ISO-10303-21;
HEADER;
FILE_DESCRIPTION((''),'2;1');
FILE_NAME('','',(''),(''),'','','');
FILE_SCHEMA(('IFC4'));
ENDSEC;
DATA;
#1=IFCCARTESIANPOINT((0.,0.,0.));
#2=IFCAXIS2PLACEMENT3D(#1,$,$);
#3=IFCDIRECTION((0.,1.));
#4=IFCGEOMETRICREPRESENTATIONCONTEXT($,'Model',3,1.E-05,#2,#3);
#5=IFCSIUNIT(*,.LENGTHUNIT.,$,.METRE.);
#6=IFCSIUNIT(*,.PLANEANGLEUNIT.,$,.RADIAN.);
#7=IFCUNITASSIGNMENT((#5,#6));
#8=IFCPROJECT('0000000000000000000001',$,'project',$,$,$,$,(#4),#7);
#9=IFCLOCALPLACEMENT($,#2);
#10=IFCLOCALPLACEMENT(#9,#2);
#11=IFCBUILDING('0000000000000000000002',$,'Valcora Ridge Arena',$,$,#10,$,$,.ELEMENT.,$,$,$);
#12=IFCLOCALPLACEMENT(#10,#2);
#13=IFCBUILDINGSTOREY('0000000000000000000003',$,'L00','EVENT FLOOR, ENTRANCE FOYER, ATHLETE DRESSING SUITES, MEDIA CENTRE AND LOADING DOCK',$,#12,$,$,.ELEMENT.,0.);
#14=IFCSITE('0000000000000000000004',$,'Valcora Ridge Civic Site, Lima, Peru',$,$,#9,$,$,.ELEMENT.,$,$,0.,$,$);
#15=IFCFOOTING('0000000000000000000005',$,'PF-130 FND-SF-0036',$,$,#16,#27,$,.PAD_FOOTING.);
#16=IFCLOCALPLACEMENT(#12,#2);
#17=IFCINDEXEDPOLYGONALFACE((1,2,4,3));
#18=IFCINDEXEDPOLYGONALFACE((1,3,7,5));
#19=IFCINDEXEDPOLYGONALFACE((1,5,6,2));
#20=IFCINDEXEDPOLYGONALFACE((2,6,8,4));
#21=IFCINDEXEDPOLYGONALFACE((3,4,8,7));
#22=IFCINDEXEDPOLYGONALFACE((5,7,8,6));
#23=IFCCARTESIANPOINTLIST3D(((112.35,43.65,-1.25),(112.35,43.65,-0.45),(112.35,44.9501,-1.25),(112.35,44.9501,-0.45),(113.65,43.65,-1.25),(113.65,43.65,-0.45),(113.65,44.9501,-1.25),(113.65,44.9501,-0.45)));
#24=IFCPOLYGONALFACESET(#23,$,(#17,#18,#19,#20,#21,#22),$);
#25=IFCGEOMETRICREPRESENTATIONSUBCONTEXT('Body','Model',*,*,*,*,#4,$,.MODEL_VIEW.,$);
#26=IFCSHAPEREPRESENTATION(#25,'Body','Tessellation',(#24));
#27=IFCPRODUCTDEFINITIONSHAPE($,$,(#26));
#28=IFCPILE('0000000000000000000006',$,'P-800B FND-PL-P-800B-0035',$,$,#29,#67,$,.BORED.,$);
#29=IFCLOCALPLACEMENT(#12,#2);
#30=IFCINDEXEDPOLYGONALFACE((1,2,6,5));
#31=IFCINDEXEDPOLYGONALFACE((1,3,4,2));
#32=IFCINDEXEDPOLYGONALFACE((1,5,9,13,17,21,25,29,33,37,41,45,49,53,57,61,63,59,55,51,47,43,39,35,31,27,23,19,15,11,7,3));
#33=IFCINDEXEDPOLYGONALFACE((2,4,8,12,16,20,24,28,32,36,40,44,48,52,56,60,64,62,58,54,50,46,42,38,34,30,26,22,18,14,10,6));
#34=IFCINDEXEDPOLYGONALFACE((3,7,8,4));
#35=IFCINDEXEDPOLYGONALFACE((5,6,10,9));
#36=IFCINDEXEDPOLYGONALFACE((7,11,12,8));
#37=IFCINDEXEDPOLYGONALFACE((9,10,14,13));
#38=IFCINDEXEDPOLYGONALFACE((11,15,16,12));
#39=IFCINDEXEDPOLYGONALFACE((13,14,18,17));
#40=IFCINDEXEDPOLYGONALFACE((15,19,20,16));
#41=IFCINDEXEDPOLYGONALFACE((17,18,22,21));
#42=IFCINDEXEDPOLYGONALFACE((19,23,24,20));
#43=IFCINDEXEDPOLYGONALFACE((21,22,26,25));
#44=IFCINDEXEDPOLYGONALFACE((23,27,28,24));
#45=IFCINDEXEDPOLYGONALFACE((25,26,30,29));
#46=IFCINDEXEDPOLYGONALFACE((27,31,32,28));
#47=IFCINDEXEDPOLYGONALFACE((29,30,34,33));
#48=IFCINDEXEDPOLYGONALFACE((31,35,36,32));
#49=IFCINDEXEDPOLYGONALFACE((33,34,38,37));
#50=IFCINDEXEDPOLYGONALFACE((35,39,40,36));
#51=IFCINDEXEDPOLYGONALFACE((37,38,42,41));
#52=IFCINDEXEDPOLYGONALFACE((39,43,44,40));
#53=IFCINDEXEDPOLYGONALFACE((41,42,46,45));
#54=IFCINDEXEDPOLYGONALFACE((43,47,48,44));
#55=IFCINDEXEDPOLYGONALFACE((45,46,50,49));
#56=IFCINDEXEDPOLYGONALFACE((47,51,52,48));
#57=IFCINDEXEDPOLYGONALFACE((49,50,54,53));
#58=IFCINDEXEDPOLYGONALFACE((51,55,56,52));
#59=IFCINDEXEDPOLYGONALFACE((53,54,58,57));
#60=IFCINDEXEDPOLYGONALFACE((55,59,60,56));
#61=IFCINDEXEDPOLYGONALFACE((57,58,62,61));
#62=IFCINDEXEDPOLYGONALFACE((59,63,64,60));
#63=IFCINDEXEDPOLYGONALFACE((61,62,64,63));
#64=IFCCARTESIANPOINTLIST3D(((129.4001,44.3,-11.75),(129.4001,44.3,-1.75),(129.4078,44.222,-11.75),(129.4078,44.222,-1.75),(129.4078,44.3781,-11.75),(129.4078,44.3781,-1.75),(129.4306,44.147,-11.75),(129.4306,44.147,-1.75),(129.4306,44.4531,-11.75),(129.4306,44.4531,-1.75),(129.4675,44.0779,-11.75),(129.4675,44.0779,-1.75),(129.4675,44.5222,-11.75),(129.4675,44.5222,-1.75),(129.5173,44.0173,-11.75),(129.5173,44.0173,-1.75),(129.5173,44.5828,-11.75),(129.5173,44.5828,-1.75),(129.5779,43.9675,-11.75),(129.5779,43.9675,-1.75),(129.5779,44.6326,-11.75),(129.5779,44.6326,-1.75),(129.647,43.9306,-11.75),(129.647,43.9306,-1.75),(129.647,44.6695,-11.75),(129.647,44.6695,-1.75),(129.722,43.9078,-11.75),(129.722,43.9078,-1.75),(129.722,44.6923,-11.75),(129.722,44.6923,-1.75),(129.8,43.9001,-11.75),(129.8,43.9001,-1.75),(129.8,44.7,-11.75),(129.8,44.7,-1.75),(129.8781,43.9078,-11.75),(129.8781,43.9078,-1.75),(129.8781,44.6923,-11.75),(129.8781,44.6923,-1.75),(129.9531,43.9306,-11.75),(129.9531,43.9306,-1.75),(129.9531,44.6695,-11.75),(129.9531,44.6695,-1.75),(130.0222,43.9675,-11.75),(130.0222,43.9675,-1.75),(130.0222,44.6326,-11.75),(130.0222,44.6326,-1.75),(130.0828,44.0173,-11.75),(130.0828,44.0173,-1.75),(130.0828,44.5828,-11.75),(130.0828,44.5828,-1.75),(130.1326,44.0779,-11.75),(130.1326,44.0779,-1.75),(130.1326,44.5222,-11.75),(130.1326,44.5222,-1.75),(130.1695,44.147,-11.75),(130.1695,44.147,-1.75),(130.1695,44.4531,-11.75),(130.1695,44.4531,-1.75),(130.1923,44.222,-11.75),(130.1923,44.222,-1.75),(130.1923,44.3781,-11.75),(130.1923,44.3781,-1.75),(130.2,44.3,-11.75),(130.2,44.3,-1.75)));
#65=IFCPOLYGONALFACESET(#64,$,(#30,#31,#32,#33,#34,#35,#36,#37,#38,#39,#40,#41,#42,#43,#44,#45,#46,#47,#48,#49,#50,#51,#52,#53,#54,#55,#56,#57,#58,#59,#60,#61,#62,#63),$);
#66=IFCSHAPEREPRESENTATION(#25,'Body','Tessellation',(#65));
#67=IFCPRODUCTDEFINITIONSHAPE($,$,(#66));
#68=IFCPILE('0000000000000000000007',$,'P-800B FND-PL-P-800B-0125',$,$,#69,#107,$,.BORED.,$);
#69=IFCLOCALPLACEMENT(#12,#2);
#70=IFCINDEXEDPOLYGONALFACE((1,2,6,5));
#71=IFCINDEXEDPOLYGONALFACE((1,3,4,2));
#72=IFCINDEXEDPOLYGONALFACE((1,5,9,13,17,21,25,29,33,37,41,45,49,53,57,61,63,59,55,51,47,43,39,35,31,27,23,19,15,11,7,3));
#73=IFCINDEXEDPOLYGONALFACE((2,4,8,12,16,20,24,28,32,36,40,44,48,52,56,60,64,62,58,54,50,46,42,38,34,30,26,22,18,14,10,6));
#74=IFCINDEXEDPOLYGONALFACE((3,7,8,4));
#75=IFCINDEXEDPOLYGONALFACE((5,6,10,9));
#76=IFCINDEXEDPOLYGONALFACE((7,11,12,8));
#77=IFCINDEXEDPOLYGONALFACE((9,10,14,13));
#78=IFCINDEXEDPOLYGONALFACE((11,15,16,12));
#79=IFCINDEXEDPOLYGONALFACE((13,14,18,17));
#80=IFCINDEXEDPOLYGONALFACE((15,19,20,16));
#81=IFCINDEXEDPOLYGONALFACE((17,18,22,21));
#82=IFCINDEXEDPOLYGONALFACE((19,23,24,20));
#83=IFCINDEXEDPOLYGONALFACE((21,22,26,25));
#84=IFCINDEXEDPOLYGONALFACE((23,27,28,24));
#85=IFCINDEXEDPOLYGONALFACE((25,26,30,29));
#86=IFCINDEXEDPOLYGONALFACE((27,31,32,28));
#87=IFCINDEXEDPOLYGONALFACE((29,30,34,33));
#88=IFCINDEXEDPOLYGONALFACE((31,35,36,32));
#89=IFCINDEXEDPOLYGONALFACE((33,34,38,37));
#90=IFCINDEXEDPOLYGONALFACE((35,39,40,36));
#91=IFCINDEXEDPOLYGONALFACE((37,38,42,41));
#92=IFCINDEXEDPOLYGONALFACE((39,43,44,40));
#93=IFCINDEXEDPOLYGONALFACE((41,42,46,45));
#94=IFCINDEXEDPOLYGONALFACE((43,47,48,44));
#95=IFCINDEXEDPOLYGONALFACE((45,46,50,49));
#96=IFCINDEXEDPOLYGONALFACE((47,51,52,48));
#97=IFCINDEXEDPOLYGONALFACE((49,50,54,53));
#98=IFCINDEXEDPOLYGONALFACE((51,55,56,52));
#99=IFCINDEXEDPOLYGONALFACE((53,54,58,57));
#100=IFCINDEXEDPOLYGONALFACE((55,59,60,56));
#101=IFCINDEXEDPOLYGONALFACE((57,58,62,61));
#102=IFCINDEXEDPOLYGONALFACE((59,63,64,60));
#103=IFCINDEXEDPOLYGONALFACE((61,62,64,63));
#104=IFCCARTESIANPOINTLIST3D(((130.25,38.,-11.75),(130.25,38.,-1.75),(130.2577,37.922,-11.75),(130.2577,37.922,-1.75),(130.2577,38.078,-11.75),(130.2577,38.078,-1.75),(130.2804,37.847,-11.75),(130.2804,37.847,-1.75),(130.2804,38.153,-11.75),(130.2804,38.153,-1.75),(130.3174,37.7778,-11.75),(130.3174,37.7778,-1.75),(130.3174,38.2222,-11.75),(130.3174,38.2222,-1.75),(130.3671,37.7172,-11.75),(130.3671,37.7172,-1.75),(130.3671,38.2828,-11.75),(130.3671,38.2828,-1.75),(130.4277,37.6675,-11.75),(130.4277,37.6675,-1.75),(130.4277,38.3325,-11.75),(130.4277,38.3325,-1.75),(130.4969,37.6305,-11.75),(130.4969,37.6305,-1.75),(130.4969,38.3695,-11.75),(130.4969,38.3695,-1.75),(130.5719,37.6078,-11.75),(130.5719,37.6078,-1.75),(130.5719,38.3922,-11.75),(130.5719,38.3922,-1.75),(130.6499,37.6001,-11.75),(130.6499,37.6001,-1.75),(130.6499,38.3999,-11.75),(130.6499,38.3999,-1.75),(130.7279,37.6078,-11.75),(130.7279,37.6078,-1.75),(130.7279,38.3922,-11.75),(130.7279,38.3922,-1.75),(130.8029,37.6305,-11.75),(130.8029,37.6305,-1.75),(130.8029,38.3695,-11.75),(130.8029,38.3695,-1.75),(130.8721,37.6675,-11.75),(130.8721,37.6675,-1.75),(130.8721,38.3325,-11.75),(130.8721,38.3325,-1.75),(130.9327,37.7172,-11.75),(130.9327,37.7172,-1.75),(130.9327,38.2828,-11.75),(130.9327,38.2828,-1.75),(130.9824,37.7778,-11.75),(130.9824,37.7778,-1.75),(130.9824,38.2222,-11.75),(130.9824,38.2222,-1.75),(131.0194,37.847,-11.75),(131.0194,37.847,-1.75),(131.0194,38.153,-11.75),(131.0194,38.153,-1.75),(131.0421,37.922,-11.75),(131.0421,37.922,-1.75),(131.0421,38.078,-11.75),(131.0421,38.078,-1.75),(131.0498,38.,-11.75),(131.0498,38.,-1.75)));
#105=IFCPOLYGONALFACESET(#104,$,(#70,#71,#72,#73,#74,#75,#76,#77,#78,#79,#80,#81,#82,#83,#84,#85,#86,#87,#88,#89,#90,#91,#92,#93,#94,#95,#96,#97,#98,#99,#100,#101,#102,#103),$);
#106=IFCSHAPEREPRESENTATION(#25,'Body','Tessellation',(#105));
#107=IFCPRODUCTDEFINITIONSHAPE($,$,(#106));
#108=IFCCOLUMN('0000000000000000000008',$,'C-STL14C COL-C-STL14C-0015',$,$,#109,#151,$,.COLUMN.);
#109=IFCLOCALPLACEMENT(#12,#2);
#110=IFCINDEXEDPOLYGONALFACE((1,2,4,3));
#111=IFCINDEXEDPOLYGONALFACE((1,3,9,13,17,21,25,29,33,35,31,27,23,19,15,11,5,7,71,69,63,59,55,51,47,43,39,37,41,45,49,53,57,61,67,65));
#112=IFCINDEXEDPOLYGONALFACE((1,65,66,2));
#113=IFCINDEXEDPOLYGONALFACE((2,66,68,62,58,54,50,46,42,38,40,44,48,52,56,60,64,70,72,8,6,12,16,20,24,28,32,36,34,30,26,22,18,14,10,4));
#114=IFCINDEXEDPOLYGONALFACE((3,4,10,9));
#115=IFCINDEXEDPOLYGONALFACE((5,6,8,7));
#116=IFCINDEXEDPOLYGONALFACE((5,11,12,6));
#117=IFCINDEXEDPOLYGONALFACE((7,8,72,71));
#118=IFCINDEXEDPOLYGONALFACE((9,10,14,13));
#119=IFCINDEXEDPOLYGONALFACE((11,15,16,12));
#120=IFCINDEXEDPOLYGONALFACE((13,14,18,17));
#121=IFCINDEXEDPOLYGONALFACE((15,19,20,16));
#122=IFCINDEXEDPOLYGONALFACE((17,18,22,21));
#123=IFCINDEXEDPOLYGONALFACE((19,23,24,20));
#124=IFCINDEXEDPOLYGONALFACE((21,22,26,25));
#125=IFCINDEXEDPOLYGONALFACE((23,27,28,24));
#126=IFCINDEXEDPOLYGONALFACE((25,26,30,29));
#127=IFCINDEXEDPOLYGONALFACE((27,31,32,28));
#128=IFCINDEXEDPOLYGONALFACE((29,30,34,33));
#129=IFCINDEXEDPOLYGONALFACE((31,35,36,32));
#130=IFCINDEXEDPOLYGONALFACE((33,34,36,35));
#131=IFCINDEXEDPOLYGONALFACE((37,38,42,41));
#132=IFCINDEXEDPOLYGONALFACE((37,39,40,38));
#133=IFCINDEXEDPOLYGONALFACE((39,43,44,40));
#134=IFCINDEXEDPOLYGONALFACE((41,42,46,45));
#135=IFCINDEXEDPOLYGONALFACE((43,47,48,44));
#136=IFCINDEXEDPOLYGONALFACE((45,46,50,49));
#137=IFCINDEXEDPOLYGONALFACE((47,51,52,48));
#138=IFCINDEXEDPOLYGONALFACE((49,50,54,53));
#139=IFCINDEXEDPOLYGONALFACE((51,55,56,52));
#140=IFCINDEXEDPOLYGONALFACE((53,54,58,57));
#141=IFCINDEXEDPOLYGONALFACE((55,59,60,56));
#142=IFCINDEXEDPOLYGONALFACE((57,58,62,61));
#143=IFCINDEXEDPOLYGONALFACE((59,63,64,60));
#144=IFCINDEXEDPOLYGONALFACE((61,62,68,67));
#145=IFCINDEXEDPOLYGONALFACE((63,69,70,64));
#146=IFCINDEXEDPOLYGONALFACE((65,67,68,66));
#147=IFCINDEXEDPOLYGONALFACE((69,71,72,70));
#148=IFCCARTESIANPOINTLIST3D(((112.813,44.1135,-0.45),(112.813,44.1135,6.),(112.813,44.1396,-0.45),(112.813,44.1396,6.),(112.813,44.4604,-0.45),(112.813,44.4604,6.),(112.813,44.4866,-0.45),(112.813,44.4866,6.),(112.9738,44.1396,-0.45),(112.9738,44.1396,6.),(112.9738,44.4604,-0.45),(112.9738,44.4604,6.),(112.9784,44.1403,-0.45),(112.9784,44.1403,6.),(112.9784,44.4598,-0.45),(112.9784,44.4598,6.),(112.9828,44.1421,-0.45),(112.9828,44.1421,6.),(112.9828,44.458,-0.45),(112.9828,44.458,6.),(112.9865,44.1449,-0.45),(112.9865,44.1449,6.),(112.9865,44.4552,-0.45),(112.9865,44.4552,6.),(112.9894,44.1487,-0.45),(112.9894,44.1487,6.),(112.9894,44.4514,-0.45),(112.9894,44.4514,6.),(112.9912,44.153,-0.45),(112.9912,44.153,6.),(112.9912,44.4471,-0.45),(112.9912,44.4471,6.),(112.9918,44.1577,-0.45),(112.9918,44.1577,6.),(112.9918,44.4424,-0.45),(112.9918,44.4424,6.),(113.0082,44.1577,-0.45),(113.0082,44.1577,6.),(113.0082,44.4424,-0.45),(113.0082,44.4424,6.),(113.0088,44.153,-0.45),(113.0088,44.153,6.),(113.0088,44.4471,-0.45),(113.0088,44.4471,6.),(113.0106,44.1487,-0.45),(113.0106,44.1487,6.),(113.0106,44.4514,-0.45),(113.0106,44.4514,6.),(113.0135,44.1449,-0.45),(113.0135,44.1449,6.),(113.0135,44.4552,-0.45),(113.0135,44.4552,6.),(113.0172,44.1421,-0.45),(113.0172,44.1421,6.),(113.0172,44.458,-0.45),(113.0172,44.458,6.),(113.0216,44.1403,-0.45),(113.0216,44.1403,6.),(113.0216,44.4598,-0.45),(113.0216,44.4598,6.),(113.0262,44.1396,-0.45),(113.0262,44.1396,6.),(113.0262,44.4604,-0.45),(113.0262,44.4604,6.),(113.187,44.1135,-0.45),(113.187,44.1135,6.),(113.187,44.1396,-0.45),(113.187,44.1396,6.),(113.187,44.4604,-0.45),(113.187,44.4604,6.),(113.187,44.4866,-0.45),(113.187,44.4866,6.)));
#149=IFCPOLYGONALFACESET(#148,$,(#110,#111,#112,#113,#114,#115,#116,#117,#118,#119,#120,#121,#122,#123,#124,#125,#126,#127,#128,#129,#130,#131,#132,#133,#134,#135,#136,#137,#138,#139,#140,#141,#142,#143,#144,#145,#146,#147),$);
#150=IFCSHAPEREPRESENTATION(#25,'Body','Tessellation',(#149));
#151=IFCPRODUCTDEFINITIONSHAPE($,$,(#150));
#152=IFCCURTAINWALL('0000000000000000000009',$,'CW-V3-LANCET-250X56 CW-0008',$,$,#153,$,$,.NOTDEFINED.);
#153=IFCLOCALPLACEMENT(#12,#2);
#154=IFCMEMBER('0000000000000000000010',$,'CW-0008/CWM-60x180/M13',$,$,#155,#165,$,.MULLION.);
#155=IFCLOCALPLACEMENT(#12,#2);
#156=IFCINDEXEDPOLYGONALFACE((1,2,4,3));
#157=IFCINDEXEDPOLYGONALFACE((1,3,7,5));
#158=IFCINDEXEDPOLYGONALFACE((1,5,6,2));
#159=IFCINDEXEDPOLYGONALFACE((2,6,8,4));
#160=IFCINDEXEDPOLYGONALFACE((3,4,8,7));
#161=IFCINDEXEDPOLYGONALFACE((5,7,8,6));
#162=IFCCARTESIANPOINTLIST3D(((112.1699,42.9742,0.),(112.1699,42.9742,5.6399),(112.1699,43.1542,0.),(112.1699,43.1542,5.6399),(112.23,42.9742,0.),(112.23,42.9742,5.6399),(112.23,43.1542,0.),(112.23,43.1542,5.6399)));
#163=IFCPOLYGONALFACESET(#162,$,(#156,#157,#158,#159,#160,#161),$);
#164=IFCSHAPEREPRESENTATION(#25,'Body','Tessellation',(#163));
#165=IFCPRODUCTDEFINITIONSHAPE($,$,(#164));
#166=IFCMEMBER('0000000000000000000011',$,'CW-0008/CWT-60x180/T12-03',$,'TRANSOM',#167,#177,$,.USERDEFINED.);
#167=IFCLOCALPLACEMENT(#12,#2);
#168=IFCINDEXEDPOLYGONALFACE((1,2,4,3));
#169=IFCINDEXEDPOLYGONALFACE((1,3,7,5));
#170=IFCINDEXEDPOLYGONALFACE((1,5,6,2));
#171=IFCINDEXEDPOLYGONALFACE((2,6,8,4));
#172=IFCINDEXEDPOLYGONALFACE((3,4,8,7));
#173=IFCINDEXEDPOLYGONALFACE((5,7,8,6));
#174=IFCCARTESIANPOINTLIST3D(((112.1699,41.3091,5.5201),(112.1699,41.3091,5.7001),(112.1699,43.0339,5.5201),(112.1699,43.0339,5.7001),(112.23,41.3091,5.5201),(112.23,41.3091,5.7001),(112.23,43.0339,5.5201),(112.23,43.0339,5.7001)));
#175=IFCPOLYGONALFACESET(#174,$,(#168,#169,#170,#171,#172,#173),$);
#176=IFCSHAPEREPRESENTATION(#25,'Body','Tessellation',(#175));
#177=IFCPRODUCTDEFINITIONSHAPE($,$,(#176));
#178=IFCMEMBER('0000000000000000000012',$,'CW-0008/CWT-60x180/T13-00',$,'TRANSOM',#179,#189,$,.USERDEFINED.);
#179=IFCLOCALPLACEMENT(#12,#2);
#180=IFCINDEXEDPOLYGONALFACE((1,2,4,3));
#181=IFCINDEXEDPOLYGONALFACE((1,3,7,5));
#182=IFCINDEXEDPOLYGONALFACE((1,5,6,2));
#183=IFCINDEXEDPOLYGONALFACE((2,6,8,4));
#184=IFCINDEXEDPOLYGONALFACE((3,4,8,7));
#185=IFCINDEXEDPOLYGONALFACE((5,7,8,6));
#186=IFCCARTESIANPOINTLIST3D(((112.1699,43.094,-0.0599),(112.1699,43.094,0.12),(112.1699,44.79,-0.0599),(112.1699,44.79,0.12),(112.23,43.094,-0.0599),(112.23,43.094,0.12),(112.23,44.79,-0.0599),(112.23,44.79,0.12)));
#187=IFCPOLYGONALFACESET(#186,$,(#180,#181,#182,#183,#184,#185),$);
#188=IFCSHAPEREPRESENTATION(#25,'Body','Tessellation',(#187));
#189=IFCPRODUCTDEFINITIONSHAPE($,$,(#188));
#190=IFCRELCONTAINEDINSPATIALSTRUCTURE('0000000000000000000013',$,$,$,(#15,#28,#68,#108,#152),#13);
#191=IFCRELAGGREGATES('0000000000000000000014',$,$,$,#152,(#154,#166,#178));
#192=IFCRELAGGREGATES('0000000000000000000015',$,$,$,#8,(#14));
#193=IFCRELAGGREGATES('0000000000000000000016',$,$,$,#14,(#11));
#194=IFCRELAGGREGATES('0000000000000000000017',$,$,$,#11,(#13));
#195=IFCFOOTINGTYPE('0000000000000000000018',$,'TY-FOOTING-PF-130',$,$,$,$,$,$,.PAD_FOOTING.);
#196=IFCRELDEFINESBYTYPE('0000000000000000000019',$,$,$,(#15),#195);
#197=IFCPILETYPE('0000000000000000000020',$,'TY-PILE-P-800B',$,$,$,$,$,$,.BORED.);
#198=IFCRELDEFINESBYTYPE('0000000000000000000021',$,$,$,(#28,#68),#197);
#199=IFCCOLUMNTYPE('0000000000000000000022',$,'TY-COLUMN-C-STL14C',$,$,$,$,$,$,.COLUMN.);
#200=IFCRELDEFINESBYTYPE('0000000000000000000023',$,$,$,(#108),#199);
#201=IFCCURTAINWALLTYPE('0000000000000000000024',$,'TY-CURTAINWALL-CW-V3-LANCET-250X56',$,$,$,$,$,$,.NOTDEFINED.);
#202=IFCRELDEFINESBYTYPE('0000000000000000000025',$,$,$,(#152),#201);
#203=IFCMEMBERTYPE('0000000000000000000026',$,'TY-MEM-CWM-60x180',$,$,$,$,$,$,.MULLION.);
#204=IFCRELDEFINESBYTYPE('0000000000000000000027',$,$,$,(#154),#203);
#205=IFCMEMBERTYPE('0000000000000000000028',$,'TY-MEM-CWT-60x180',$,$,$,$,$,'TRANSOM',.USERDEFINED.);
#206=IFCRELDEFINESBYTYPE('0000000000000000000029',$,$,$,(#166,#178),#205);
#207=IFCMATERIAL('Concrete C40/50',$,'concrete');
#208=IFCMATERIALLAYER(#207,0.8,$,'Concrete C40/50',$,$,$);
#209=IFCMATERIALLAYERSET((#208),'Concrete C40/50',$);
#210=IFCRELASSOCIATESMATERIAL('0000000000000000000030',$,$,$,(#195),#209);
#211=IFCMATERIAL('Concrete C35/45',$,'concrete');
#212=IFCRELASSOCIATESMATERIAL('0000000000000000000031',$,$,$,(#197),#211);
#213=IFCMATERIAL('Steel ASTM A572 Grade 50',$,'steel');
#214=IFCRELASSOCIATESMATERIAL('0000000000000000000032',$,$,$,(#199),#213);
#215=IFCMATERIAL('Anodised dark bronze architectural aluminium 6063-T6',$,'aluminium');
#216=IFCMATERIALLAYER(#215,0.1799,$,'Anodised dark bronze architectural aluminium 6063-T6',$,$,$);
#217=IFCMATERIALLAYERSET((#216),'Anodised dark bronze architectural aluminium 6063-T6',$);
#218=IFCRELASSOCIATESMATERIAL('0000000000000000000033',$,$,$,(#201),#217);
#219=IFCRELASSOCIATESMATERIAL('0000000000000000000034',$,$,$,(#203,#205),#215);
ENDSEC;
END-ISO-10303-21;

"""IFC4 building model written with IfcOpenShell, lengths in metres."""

from ifc_helpers import new_model, si_unit, direction, frame, origin, origin_2d, place, context, subcontext, project, spatial, rectangle, circle, i_section, extrude, material, layer, layer_set, material_profile, profile_set, type_object, element, aggregate, save


model = new_model("IFC4")

# Units and contexts
model_context = context("Model", 3, precision=1e-05, world=origin(), true_north=direction((0.0, 1.0)))
body_context = subcontext(model_context, "Body", "Model", "MODEL_VIEW")
ifc_project = project(units=[si_unit("LENGTHUNIT", "METRE"), si_unit("PLANEANGLEUNIT", "RADIAN")], contexts=[model_context])

# Site, building, storey
site_placement = place(None, origin())
site = spatial("IfcSite", under=ifc_project, at=site_placement, Name="Valcora Ridge Civic Site, Lima, Peru", CompositionType="ELEMENT", RefElevation=0.0)
building_placement = place(site_placement, origin())
building = spatial("IfcBuilding", under=site, at=building_placement, Name="Valcora Ridge Arena", CompositionType="ELEMENT")
storey_placement = place(building_placement, origin())
storey = spatial("IfcBuildingStorey", under=building, at=storey_placement, Name="L00", Description="EVENT FLOOR, ENTRANCE FOYER, ATHLETE DRESSING SUITES, MEDIA CENTRE AND LOADING DOCK", CompositionType="ELEMENT", Elevation=0.0)

# Footing
ifc_material_1 = material(Name="Concrete C40/50", Category="concrete")
ifc_layer_1 = layer(ifc_material_1, 0.8, Name="Concrete C40/50")
ifc_layer_set_1 = layer_set([ifc_layer_1], Name="Concrete C40/50")
footing_type = type_object("IfcFootingType", Name="TY-FOOTING-PF-130", PredefinedType="PAD_FOOTING", material=ifc_layer_set_1)
footing_placement = place(storey_placement, frame((113.0, 44.3, -1.25), z_axis=(0.0, 0.0, 1.0), x_axis=(1.0, 0.0, 0.0)))
element("IfcFooting", 1, at=footing_placement, inside=storey, type_object=footing_type, Name="PF-130 FND-SF-0036", PredefinedType="PAD_FOOTING", context=body_context, shape_type="SweptSolid", body=[
    extrude(rectangle(XDim=1.3, YDim=1.3, at=origin_2d()), origin(), (0.0, 0.0, 1.0), 0.8),
])

# Piles
ifc_material_2 = material(Name="Concrete C35/45", Category="concrete")
ifc_material_profile_1 = material_profile(ifc_material_2, circle(Radius=0.3999, at=origin_2d()), Name="BORED PILE D800")
ifc_profile_set_1 = profile_set([ifc_material_profile_1], Name="Concrete C35/45")
pile_type = type_object("IfcPileType", Name="TY-PILE-P-800B", PredefinedType="BORED", material=ifc_profile_set_1)
for number, where, z_axis, x_axis, name in (
    (2, (129.8, 44.3, -1.75), (0.0, 0.0, -1.0), (1.0, 0.0, 0.0), "P-800B FND-PL-P-800B-0035"),
    (3, (130.6499, 38.0, -1.75), (0.0, 0.0, -1.0), (1.0, 0.0, 0.0), "P-800B FND-PL-P-800B-0125"),
):
    element("IfcPile", number, at=place(storey_placement, frame(where, z_axis=z_axis, x_axis=x_axis)), inside=storey, type_object=pile_type, Name=name, PredefinedType="BORED", context=body_context, shape_type="SweptSolid", body=[
        extrude(circle(Radius=0.3999, at=origin_2d()), origin(), (0.0, 0.0, 1.0), 10.0),
    ])

# Column
ifc_material_3 = material(Name="Steel ASTM A572 Grade 50", Category="steel")
ifc_material_profile_2 = material_profile(ifc_material_3, i_section(OverallWidth=0.374, OverallDepth=0.373, WebThickness=0.0164, FlangeThickness=0.0261, FilletRadius=0.0181, at=origin_2d()), Name="W14X132")
ifc_profile_set_2 = profile_set([ifc_material_profile_2], Name="Steel ASTM A572 Grade 50")
column_type = type_object("IfcColumnType", Name="TY-COLUMN-C-STL14C", PredefinedType="COLUMN", material=ifc_profile_set_2)
column_placement = place(storey_placement, frame((113.0, 44.3, -0.45), z_axis=(0.0, 0.0, 1.0), x_axis=(1.0, 0.0, 0.0)))
element("IfcColumn", 4, at=column_placement, inside=storey, type_object=column_type, Name="C-STL14C COL-C-STL14C-0015", PredefinedType="COLUMN", context=body_context, shape_type="SweptSolid", body=[
    extrude(i_section(OverallWidth=0.374, OverallDepth=0.373, WebThickness=0.0164, FlangeThickness=0.0261, FilletRadius=0.0181, at=origin_2d()), origin(), (0.0, 0.0, 1.0), 6.45),
])

# Curtain wall, members
ifc_material_4 = material(Name="Anodised dark bronze architectural aluminium 6063-T6", Category="aluminium")
ifc_layer_2 = layer(ifc_material_4, 0.1799, Name="Anodised dark bronze architectural aluminium 6063-T6")
ifc_layer_set_2 = layer_set([ifc_layer_2], Name="Anodised dark bronze architectural aluminium 6063-T6")
curtain_wall_type = type_object("IfcCurtainWallType", Name="TY-CURTAINWALL-CW-V3-LANCET-250X56", PredefinedType="NOTDEFINED", material=ifc_layer_set_2)
curtain_wall_placement = place(storey_placement, origin())
curtain_wall = element("IfcCurtainWall", 5, at=curtain_wall_placement, inside=storey, type_object=curtain_wall_type, Name="CW-V3-LANCET-250X56 CW-0008", PredefinedType="NOTDEFINED")
ifc_material_profile_3 = material_profile(ifc_material_4, rectangle(XDim=0.0601, YDim=0.1799, at=origin_2d()), Name="ALU MULLION 60x180")
ifc_profile_set_3 = profile_set([ifc_material_profile_3], Name="Anodised dark bronze architectural aluminium 6063-T6")
member_type_1 = type_object("IfcMemberType", Name="TY-MEM-CWM-60x180", PredefinedType="MULLION", material=ifc_profile_set_3)
member_1_placement = place(storey_placement, frame((112.2, 43.0642, 0.0), z_axis=(0.0, 0.0, 1.0), x_axis=(-1.0, 0.0, 0.0)))
member_1 = element("IfcMember", 6, at=member_1_placement, type_object=member_type_1, Name="CW-0008/CWM-60x180/M13", PredefinedType="MULLION", context=body_context, shape_type="SweptSolid", body=[
    extrude(rectangle(XDim=0.0601, YDim=0.1799, at=origin_2d()), origin(), (0.0, 0.0, 1.0), 5.6399),
])
ifc_material_profile_4 = material_profile(ifc_material_4, rectangle(XDim=0.0601, YDim=0.1799, at=origin_2d()), Name="ALU TRANSOM 60x180")
ifc_profile_set_4 = profile_set([ifc_material_profile_4], Name="Anodised dark bronze architectural aluminium 6063-T6")
member_type_2 = type_object("IfcMemberType", Name="TY-MEM-CWT-60x180", ElementType="TRANSOM", PredefinedType="USERDEFINED", material=ifc_profile_set_4)
member_2_placement = place(storey_placement, frame((112.2, 41.3091, 5.6101), z_axis=(0.0, 1.0, 0.0), x_axis=(-1.0, 0.0, 0.0)))
member_2 = element("IfcMember", 7, at=member_2_placement, type_object=member_type_2, Name="CW-0008/CWT-60x180/T12-03", ObjectType="TRANSOM", PredefinedType="USERDEFINED", context=body_context, shape_type="SweptSolid", body=[
    extrude(rectangle(XDim=0.0601, YDim=0.1799, at=origin_2d()), origin(), (0.0, 0.0, 1.0), 1.7249),
])
member_3_placement = place(storey_placement, frame((112.2, 43.094, 0.03), z_axis=(0.0, 1.0, 0.0), x_axis=(-1.0, 0.0, 0.0)))
member_3 = element("IfcMember", 8, at=member_3_placement, type_object=member_type_2, Name="CW-0008/CWT-60x180/T13-00", ObjectType="TRANSOM", PredefinedType="USERDEFINED", context=body_context, shape_type="SweptSolid", body=[
    extrude(rectangle(XDim=0.0601, YDim=0.1799, at=origin_2d()), origin(), (0.0, 0.0, 1.0), 1.696),
])
aggregate(curtain_wall, [member_1, member_2, member_3])

save(model, "model.ifc")
